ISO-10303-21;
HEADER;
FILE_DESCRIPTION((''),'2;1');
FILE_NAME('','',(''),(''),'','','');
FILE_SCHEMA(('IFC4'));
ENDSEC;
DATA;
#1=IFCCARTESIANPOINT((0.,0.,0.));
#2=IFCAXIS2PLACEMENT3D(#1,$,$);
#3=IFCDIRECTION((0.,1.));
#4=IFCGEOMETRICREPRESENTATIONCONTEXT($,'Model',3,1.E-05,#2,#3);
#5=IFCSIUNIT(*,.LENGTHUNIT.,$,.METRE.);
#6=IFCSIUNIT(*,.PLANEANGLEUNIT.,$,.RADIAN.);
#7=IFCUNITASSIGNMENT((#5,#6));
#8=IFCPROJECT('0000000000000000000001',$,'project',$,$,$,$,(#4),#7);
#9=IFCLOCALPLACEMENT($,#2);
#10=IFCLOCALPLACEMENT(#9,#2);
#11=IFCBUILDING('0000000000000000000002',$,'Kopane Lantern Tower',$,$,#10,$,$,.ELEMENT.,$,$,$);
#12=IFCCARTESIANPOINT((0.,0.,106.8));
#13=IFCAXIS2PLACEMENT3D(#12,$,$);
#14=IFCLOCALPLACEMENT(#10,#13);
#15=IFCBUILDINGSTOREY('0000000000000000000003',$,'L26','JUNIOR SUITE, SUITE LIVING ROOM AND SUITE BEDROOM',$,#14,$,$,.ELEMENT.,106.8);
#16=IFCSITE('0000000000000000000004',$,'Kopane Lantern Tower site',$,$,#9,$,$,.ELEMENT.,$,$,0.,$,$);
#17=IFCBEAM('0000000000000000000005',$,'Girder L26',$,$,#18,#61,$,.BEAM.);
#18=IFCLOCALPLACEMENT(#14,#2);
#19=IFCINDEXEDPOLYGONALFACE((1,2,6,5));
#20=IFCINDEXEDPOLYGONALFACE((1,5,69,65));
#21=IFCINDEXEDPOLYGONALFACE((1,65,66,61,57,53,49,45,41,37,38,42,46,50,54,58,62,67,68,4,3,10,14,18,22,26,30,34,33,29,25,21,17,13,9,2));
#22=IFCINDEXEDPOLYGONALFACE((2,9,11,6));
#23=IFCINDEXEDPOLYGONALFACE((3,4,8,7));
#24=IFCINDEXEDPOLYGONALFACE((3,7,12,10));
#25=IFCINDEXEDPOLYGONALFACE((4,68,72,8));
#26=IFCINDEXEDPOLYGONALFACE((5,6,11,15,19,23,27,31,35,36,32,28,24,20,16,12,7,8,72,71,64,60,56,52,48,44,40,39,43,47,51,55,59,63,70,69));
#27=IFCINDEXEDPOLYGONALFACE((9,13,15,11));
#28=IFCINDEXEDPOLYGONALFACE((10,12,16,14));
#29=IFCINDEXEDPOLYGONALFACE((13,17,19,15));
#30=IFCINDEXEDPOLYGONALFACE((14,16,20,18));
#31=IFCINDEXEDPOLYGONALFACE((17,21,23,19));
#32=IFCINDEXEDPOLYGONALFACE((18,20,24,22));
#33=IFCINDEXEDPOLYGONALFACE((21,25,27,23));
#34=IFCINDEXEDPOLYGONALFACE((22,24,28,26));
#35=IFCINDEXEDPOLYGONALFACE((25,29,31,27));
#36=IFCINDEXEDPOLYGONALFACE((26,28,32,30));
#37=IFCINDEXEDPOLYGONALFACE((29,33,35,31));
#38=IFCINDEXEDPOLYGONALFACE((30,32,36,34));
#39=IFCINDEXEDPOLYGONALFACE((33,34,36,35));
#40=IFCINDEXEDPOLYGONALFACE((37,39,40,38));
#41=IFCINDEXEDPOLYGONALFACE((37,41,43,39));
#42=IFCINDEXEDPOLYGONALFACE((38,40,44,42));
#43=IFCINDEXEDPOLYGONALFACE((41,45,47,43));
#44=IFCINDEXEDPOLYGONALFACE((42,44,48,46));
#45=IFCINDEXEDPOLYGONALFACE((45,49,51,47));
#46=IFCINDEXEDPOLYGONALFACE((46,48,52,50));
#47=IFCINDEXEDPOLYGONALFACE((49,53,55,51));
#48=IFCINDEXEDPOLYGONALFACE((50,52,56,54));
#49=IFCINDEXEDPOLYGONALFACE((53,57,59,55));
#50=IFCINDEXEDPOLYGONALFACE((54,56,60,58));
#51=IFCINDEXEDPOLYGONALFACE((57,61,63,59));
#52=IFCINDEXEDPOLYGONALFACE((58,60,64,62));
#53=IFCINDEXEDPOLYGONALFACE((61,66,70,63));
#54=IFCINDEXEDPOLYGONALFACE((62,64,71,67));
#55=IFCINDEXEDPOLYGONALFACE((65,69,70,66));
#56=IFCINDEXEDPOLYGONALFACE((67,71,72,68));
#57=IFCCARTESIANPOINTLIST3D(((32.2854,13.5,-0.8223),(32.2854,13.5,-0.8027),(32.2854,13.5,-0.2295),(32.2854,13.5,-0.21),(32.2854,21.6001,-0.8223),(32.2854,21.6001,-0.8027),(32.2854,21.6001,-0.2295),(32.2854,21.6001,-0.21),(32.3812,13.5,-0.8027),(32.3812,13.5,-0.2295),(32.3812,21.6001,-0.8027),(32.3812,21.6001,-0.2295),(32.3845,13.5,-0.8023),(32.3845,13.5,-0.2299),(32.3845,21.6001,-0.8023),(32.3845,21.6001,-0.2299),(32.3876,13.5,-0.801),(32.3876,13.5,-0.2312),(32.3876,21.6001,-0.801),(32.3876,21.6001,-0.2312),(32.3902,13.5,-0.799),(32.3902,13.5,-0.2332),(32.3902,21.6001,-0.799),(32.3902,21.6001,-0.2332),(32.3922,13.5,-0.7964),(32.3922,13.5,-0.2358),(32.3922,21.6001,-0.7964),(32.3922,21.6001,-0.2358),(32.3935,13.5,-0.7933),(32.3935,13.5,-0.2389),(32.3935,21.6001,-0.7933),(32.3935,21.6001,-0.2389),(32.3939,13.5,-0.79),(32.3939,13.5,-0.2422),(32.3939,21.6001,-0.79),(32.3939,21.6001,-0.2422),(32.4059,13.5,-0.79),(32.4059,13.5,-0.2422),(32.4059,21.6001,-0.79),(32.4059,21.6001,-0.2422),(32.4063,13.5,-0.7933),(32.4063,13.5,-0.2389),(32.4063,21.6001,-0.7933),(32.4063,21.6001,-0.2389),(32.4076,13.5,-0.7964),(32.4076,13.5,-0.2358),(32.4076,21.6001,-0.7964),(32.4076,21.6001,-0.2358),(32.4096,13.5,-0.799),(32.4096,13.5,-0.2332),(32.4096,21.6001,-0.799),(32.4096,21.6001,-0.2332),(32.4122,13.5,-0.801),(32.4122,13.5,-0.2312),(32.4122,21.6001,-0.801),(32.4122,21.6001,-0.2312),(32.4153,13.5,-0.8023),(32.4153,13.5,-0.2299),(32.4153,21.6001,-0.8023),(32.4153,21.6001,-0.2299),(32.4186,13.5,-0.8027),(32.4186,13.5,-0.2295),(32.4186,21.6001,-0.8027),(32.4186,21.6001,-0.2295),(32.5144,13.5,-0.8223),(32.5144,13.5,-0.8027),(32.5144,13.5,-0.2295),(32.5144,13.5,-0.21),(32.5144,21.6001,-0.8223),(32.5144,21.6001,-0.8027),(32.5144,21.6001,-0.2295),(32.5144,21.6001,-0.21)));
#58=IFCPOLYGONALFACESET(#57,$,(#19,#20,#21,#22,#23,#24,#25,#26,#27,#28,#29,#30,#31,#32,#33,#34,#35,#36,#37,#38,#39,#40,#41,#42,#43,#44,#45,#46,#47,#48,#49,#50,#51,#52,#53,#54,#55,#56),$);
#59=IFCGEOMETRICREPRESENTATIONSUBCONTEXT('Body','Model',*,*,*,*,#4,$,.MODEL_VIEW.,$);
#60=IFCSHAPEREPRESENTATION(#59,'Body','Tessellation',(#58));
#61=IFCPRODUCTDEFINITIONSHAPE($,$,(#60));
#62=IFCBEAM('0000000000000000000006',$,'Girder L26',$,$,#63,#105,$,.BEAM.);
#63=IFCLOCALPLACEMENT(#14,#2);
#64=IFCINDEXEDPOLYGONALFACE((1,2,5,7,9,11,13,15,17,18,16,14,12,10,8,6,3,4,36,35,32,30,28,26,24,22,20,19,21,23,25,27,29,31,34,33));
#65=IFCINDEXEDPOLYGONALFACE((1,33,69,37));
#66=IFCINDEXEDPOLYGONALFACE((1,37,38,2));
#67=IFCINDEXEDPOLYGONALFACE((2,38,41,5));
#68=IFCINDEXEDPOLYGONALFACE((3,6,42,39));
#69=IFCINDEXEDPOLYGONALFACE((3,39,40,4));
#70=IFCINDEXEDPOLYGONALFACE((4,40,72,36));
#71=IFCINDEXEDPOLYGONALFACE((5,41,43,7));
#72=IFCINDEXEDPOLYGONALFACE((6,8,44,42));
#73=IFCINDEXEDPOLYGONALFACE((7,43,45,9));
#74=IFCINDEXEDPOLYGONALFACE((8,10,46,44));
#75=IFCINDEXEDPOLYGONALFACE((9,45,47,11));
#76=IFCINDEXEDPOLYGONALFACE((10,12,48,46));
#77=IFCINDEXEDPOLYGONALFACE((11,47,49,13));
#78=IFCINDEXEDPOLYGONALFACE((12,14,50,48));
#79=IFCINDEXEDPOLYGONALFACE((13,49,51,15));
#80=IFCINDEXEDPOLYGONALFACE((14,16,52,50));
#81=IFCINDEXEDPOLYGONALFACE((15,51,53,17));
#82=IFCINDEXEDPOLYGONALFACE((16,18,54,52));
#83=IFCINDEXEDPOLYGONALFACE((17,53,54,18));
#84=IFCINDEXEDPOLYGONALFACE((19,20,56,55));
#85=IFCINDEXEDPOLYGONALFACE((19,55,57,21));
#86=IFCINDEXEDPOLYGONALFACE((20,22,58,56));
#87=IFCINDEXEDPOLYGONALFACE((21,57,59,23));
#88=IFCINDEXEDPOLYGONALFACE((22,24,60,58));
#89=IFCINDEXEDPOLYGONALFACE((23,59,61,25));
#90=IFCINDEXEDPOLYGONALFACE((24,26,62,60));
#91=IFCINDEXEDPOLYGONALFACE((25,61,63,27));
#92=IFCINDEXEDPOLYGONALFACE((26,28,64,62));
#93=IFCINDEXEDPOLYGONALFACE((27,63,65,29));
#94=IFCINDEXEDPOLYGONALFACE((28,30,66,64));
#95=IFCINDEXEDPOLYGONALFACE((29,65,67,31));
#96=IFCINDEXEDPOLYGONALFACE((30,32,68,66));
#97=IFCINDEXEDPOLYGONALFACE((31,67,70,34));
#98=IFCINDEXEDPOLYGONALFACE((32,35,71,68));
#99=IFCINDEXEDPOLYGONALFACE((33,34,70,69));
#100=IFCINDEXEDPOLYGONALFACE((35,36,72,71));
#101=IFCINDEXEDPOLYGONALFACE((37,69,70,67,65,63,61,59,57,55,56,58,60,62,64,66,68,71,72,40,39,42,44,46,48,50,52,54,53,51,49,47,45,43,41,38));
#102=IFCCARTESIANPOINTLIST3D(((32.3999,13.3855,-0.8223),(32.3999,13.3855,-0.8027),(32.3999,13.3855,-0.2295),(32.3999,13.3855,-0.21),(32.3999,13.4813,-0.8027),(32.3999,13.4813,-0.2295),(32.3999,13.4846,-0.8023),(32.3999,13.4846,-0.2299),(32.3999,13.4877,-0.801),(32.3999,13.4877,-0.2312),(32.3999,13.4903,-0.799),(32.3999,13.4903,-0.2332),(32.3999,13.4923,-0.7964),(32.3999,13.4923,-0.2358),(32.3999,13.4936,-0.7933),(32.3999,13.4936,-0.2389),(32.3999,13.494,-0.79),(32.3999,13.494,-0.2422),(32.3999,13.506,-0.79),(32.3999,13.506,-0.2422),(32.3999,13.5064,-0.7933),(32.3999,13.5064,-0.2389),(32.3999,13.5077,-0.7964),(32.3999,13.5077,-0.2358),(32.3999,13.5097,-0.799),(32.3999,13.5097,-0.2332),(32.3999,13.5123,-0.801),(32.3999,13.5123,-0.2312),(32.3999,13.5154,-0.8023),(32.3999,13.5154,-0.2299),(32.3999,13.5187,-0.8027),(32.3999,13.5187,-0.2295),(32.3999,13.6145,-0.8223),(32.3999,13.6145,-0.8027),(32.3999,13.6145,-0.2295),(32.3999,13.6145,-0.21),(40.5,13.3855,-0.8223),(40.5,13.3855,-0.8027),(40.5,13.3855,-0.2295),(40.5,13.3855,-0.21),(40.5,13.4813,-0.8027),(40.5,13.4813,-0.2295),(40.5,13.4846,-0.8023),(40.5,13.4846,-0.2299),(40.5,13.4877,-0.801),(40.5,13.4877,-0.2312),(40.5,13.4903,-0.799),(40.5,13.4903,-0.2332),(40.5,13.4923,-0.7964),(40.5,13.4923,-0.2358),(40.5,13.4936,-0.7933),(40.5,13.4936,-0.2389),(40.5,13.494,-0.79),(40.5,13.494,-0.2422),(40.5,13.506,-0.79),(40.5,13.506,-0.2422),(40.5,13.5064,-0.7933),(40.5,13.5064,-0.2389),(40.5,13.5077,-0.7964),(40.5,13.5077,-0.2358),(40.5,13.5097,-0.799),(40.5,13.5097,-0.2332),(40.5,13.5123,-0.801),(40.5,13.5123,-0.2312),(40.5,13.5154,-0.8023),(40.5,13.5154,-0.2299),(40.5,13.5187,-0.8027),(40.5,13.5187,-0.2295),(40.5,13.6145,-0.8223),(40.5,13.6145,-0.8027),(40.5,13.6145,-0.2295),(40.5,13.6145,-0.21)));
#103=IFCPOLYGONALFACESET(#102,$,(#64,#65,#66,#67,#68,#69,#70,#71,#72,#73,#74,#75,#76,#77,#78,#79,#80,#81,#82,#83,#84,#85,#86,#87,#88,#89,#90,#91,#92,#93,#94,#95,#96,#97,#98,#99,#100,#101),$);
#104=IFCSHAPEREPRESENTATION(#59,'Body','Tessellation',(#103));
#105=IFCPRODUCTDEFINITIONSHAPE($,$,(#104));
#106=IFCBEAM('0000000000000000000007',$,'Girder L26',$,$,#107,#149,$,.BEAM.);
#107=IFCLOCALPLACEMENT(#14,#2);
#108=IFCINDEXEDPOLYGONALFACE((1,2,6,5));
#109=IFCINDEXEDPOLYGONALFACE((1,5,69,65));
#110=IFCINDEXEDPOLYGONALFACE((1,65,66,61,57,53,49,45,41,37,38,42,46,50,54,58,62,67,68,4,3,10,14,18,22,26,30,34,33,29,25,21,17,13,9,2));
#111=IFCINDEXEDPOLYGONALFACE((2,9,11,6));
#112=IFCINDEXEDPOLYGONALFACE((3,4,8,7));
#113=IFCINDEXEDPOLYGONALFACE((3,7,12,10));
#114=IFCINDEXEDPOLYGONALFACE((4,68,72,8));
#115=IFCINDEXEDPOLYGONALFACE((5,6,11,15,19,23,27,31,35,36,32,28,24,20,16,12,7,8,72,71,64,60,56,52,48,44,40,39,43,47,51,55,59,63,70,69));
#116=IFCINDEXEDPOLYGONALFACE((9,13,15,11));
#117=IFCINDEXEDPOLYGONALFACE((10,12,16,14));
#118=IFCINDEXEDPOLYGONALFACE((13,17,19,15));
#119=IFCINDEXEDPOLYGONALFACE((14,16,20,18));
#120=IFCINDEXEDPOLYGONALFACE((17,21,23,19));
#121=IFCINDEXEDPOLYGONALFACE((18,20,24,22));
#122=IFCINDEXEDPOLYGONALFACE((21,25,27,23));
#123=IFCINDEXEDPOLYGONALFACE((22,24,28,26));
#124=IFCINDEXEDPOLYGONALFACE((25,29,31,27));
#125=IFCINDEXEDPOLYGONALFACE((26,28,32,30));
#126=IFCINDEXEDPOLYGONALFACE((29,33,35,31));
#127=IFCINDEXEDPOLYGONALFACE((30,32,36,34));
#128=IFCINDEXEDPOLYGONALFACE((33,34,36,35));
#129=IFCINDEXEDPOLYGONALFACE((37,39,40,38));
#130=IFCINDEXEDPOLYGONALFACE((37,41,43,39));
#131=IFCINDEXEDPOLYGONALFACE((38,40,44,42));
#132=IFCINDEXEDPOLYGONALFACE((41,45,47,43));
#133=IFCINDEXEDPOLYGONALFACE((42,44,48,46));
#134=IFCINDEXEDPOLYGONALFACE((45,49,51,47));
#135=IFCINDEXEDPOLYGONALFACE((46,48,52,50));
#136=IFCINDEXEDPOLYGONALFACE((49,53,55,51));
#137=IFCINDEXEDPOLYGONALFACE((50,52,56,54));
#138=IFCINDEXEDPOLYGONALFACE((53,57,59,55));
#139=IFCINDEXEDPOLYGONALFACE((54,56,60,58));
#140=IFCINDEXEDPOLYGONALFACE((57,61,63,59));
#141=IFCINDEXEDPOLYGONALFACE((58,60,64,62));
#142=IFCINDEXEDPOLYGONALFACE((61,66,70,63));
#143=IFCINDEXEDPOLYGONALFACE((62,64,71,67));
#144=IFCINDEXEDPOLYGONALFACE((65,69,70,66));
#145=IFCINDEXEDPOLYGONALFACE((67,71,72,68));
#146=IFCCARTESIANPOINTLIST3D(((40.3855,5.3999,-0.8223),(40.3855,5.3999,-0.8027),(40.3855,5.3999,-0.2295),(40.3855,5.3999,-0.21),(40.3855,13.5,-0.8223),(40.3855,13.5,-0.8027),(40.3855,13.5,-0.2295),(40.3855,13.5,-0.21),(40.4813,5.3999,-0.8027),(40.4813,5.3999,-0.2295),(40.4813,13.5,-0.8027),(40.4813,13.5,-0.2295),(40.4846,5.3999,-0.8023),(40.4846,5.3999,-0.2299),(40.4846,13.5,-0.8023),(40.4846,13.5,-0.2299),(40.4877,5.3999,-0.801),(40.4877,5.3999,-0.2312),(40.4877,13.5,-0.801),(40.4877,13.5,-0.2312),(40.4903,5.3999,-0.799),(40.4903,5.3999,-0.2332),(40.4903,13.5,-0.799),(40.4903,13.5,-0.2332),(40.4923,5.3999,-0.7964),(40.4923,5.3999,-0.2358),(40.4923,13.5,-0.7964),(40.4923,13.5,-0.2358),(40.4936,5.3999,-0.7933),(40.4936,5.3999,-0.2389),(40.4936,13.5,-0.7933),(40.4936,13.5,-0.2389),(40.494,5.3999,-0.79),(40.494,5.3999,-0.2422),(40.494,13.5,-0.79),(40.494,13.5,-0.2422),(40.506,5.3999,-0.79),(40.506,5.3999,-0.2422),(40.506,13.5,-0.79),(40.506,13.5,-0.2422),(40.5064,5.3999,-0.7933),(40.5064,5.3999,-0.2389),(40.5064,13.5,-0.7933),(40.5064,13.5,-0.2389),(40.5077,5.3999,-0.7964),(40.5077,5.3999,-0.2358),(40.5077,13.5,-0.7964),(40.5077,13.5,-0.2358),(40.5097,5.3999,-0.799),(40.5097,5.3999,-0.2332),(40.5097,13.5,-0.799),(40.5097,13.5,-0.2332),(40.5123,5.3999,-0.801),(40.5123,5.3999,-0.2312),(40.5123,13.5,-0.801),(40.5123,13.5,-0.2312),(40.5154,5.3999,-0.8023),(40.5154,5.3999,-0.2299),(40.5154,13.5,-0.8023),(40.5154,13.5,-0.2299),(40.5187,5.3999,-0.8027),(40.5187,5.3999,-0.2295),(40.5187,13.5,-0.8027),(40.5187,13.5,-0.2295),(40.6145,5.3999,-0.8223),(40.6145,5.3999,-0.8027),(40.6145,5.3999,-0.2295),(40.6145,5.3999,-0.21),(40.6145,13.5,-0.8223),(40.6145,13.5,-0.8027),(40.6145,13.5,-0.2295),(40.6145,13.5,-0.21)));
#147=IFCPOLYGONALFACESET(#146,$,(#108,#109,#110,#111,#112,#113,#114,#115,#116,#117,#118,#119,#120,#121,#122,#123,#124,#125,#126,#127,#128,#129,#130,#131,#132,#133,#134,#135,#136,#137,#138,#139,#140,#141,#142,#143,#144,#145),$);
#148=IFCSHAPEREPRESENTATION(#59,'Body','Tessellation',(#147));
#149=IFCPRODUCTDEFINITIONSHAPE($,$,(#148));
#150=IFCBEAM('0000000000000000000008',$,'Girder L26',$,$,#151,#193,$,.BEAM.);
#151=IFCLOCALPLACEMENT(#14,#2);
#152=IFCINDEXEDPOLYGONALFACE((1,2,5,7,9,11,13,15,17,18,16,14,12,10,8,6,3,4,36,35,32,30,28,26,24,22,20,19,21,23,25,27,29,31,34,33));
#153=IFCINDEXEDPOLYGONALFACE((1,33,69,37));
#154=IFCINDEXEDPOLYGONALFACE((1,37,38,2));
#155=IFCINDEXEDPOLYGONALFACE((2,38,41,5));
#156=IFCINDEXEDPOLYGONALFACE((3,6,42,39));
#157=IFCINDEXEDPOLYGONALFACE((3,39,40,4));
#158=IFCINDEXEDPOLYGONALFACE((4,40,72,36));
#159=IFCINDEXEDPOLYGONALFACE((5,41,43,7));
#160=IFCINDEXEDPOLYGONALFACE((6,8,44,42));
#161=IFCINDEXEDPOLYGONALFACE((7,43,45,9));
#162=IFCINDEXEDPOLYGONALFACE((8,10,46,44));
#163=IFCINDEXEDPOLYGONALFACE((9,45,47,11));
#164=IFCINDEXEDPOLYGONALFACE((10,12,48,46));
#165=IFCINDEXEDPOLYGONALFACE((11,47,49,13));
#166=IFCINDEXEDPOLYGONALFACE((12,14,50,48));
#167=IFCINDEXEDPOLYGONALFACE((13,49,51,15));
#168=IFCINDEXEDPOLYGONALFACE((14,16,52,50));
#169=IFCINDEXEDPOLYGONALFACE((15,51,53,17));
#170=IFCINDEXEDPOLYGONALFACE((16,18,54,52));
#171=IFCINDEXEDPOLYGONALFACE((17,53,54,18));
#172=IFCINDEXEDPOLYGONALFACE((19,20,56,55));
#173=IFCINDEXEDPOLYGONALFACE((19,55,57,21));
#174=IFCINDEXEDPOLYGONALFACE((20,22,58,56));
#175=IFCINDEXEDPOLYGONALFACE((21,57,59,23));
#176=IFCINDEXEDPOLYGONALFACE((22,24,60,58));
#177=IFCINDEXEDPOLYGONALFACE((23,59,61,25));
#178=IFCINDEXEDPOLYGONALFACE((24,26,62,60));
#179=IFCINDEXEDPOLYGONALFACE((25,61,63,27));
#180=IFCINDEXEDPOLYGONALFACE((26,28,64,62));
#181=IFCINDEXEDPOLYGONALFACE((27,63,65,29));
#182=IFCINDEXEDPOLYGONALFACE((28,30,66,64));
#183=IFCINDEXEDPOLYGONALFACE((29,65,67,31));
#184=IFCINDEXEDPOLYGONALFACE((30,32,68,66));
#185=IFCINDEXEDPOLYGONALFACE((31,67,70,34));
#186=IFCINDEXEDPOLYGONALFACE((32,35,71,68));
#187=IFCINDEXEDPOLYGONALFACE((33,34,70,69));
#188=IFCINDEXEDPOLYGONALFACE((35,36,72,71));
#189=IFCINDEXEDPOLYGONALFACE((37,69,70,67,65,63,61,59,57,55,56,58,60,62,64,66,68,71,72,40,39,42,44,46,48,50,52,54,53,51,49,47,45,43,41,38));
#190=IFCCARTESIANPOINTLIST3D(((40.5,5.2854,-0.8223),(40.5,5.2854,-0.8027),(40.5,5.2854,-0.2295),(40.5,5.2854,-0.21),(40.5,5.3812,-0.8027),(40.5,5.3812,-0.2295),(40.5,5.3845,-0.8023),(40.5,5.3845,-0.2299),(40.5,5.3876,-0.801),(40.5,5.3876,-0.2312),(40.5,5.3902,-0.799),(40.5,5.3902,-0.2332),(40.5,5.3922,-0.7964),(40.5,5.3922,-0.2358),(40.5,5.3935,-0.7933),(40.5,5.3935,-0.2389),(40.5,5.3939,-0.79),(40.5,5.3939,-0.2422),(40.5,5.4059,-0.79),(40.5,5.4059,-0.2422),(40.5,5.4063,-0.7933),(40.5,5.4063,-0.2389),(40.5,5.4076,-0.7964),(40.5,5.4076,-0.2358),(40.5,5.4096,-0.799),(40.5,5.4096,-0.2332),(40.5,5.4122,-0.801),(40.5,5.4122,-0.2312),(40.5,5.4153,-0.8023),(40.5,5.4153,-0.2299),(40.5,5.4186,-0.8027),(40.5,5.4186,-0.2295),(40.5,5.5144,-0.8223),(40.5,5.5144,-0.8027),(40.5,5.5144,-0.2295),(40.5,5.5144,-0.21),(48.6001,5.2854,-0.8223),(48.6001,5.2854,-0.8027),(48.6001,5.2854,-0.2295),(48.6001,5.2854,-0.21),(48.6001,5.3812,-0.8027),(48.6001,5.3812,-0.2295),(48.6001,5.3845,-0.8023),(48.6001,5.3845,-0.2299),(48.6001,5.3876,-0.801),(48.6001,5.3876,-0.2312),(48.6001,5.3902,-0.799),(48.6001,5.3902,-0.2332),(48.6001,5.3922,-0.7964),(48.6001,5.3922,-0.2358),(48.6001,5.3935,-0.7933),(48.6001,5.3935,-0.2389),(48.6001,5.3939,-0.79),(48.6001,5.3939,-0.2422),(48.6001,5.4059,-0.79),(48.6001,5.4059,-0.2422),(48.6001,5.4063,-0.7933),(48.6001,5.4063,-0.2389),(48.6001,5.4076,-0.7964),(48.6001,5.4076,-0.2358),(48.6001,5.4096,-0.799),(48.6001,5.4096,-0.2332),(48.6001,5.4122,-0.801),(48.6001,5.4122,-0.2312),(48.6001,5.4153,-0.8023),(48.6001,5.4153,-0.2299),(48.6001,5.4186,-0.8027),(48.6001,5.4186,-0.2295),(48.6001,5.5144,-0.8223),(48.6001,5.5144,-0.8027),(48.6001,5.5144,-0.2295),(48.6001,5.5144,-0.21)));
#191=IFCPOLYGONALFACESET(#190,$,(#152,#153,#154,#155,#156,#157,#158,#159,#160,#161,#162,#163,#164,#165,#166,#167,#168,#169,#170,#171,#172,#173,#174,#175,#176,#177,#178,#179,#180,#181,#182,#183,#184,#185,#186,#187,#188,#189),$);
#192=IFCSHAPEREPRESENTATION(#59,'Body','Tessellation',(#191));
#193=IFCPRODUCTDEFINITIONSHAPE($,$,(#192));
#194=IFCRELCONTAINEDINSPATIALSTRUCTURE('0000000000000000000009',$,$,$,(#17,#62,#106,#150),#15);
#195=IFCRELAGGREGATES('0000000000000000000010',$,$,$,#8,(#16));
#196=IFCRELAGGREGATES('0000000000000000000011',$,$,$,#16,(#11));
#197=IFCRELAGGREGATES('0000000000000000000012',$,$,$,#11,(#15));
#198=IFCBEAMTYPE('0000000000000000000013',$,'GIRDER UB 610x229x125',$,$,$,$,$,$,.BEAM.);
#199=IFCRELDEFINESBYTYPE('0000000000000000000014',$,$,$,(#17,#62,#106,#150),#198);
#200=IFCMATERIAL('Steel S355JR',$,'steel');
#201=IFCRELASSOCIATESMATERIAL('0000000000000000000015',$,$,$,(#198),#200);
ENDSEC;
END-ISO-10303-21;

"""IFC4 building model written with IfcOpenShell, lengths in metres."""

from ifc_helpers import new_model, si_unit, direction, frame, origin, origin_2d, place, context, subcontext, project, spatial, i_section, extrude, material, material_profile, profile_set, type_object, element, save


model = new_model("IFC4")

# Units and contexts
model_context = context("Model", 3, precision=1e-05, world=origin(), true_north=direction((0.0, 1.0)))
body_context = subcontext(model_context, "Body", "Model", "MODEL_VIEW")
ifc_project = project(units=[si_unit("LENGTHUNIT", "METRE"), si_unit("PLANEANGLEUNIT", "RADIAN")], contexts=[model_context])

# Site, building, storey
site_placement = place(None, origin())
site = spatial("IfcSite", under=ifc_project, at=site_placement, Name="Kopane Lantern Tower site", CompositionType="ELEMENT", RefElevation=0.0)
building_placement = place(site_placement, origin())
building = spatial("IfcBuilding", under=site, at=building_placement, Name="Kopane Lantern Tower", CompositionType="ELEMENT")
storey_placement = place(building_placement, frame((0.0, 0.0, 106.8)))
storey = spatial("IfcBuildingStorey", under=building, at=storey_placement, Name="L26", Description="JUNIOR SUITE, SUITE LIVING ROOM AND SUITE BEDROOM", CompositionType="ELEMENT", Elevation=106.8)

# Beams
ifc_material_1 = material(Name="Steel S355JR", Category="steel")
ifc_material_profile_1 = material_profile(ifc_material_1, i_section(OverallWidth=0.229, OverallDepth=0.6123, WebThickness=0.012, FlangeThickness=0.0195, FilletRadius=0.0127, at=origin_2d()), Name="UB 610x229x125")
ifc_profile_set_1 = profile_set([ifc_material_profile_1], Name="Steel S355JR")
beam_type = type_object("IfcBeamType", Name="GIRDER UB 610x229x125", PredefinedType="BEAM", material=ifc_profile_set_1)
for number, where, z_axis, x_axis, name in (
    (1, (32.3999, 13.5, -0.5161), (0.0, 1.0, 0.0), (-1.0, 0.0, 0.0), "Girder L26"),
    (2, (32.3999, 13.5, -0.5161), (1.0, 0.0, 0.0), (0.0, 1.0, 0.0), "Girder L26"),
    (3, (40.5, 5.3999, -0.5161), (0.0, 1.0, 0.0), (-1.0, 0.0, 0.0), "Girder L26"),
    (4, (40.5, 5.3999, -0.5161), (1.0, 0.0, 0.0), (0.0, 1.0, 0.0), "Girder L26"),
):
    element("IfcBeam", number, at=place(storey_placement, frame(where, z_axis=z_axis, x_axis=x_axis)), inside=storey, type_object=beam_type, Name=name, PredefinedType="BEAM", context=body_context, shape_type="SweptSolid", body=[
        extrude(i_section(OverallWidth=0.229, OverallDepth=0.6123, WebThickness=0.012, FlangeThickness=0.0195, FilletRadius=0.0127, at=origin_2d()), origin(), (0.0, 0.0, 1.0), 8.1001),
    ])

save(model, "model.ifc")
